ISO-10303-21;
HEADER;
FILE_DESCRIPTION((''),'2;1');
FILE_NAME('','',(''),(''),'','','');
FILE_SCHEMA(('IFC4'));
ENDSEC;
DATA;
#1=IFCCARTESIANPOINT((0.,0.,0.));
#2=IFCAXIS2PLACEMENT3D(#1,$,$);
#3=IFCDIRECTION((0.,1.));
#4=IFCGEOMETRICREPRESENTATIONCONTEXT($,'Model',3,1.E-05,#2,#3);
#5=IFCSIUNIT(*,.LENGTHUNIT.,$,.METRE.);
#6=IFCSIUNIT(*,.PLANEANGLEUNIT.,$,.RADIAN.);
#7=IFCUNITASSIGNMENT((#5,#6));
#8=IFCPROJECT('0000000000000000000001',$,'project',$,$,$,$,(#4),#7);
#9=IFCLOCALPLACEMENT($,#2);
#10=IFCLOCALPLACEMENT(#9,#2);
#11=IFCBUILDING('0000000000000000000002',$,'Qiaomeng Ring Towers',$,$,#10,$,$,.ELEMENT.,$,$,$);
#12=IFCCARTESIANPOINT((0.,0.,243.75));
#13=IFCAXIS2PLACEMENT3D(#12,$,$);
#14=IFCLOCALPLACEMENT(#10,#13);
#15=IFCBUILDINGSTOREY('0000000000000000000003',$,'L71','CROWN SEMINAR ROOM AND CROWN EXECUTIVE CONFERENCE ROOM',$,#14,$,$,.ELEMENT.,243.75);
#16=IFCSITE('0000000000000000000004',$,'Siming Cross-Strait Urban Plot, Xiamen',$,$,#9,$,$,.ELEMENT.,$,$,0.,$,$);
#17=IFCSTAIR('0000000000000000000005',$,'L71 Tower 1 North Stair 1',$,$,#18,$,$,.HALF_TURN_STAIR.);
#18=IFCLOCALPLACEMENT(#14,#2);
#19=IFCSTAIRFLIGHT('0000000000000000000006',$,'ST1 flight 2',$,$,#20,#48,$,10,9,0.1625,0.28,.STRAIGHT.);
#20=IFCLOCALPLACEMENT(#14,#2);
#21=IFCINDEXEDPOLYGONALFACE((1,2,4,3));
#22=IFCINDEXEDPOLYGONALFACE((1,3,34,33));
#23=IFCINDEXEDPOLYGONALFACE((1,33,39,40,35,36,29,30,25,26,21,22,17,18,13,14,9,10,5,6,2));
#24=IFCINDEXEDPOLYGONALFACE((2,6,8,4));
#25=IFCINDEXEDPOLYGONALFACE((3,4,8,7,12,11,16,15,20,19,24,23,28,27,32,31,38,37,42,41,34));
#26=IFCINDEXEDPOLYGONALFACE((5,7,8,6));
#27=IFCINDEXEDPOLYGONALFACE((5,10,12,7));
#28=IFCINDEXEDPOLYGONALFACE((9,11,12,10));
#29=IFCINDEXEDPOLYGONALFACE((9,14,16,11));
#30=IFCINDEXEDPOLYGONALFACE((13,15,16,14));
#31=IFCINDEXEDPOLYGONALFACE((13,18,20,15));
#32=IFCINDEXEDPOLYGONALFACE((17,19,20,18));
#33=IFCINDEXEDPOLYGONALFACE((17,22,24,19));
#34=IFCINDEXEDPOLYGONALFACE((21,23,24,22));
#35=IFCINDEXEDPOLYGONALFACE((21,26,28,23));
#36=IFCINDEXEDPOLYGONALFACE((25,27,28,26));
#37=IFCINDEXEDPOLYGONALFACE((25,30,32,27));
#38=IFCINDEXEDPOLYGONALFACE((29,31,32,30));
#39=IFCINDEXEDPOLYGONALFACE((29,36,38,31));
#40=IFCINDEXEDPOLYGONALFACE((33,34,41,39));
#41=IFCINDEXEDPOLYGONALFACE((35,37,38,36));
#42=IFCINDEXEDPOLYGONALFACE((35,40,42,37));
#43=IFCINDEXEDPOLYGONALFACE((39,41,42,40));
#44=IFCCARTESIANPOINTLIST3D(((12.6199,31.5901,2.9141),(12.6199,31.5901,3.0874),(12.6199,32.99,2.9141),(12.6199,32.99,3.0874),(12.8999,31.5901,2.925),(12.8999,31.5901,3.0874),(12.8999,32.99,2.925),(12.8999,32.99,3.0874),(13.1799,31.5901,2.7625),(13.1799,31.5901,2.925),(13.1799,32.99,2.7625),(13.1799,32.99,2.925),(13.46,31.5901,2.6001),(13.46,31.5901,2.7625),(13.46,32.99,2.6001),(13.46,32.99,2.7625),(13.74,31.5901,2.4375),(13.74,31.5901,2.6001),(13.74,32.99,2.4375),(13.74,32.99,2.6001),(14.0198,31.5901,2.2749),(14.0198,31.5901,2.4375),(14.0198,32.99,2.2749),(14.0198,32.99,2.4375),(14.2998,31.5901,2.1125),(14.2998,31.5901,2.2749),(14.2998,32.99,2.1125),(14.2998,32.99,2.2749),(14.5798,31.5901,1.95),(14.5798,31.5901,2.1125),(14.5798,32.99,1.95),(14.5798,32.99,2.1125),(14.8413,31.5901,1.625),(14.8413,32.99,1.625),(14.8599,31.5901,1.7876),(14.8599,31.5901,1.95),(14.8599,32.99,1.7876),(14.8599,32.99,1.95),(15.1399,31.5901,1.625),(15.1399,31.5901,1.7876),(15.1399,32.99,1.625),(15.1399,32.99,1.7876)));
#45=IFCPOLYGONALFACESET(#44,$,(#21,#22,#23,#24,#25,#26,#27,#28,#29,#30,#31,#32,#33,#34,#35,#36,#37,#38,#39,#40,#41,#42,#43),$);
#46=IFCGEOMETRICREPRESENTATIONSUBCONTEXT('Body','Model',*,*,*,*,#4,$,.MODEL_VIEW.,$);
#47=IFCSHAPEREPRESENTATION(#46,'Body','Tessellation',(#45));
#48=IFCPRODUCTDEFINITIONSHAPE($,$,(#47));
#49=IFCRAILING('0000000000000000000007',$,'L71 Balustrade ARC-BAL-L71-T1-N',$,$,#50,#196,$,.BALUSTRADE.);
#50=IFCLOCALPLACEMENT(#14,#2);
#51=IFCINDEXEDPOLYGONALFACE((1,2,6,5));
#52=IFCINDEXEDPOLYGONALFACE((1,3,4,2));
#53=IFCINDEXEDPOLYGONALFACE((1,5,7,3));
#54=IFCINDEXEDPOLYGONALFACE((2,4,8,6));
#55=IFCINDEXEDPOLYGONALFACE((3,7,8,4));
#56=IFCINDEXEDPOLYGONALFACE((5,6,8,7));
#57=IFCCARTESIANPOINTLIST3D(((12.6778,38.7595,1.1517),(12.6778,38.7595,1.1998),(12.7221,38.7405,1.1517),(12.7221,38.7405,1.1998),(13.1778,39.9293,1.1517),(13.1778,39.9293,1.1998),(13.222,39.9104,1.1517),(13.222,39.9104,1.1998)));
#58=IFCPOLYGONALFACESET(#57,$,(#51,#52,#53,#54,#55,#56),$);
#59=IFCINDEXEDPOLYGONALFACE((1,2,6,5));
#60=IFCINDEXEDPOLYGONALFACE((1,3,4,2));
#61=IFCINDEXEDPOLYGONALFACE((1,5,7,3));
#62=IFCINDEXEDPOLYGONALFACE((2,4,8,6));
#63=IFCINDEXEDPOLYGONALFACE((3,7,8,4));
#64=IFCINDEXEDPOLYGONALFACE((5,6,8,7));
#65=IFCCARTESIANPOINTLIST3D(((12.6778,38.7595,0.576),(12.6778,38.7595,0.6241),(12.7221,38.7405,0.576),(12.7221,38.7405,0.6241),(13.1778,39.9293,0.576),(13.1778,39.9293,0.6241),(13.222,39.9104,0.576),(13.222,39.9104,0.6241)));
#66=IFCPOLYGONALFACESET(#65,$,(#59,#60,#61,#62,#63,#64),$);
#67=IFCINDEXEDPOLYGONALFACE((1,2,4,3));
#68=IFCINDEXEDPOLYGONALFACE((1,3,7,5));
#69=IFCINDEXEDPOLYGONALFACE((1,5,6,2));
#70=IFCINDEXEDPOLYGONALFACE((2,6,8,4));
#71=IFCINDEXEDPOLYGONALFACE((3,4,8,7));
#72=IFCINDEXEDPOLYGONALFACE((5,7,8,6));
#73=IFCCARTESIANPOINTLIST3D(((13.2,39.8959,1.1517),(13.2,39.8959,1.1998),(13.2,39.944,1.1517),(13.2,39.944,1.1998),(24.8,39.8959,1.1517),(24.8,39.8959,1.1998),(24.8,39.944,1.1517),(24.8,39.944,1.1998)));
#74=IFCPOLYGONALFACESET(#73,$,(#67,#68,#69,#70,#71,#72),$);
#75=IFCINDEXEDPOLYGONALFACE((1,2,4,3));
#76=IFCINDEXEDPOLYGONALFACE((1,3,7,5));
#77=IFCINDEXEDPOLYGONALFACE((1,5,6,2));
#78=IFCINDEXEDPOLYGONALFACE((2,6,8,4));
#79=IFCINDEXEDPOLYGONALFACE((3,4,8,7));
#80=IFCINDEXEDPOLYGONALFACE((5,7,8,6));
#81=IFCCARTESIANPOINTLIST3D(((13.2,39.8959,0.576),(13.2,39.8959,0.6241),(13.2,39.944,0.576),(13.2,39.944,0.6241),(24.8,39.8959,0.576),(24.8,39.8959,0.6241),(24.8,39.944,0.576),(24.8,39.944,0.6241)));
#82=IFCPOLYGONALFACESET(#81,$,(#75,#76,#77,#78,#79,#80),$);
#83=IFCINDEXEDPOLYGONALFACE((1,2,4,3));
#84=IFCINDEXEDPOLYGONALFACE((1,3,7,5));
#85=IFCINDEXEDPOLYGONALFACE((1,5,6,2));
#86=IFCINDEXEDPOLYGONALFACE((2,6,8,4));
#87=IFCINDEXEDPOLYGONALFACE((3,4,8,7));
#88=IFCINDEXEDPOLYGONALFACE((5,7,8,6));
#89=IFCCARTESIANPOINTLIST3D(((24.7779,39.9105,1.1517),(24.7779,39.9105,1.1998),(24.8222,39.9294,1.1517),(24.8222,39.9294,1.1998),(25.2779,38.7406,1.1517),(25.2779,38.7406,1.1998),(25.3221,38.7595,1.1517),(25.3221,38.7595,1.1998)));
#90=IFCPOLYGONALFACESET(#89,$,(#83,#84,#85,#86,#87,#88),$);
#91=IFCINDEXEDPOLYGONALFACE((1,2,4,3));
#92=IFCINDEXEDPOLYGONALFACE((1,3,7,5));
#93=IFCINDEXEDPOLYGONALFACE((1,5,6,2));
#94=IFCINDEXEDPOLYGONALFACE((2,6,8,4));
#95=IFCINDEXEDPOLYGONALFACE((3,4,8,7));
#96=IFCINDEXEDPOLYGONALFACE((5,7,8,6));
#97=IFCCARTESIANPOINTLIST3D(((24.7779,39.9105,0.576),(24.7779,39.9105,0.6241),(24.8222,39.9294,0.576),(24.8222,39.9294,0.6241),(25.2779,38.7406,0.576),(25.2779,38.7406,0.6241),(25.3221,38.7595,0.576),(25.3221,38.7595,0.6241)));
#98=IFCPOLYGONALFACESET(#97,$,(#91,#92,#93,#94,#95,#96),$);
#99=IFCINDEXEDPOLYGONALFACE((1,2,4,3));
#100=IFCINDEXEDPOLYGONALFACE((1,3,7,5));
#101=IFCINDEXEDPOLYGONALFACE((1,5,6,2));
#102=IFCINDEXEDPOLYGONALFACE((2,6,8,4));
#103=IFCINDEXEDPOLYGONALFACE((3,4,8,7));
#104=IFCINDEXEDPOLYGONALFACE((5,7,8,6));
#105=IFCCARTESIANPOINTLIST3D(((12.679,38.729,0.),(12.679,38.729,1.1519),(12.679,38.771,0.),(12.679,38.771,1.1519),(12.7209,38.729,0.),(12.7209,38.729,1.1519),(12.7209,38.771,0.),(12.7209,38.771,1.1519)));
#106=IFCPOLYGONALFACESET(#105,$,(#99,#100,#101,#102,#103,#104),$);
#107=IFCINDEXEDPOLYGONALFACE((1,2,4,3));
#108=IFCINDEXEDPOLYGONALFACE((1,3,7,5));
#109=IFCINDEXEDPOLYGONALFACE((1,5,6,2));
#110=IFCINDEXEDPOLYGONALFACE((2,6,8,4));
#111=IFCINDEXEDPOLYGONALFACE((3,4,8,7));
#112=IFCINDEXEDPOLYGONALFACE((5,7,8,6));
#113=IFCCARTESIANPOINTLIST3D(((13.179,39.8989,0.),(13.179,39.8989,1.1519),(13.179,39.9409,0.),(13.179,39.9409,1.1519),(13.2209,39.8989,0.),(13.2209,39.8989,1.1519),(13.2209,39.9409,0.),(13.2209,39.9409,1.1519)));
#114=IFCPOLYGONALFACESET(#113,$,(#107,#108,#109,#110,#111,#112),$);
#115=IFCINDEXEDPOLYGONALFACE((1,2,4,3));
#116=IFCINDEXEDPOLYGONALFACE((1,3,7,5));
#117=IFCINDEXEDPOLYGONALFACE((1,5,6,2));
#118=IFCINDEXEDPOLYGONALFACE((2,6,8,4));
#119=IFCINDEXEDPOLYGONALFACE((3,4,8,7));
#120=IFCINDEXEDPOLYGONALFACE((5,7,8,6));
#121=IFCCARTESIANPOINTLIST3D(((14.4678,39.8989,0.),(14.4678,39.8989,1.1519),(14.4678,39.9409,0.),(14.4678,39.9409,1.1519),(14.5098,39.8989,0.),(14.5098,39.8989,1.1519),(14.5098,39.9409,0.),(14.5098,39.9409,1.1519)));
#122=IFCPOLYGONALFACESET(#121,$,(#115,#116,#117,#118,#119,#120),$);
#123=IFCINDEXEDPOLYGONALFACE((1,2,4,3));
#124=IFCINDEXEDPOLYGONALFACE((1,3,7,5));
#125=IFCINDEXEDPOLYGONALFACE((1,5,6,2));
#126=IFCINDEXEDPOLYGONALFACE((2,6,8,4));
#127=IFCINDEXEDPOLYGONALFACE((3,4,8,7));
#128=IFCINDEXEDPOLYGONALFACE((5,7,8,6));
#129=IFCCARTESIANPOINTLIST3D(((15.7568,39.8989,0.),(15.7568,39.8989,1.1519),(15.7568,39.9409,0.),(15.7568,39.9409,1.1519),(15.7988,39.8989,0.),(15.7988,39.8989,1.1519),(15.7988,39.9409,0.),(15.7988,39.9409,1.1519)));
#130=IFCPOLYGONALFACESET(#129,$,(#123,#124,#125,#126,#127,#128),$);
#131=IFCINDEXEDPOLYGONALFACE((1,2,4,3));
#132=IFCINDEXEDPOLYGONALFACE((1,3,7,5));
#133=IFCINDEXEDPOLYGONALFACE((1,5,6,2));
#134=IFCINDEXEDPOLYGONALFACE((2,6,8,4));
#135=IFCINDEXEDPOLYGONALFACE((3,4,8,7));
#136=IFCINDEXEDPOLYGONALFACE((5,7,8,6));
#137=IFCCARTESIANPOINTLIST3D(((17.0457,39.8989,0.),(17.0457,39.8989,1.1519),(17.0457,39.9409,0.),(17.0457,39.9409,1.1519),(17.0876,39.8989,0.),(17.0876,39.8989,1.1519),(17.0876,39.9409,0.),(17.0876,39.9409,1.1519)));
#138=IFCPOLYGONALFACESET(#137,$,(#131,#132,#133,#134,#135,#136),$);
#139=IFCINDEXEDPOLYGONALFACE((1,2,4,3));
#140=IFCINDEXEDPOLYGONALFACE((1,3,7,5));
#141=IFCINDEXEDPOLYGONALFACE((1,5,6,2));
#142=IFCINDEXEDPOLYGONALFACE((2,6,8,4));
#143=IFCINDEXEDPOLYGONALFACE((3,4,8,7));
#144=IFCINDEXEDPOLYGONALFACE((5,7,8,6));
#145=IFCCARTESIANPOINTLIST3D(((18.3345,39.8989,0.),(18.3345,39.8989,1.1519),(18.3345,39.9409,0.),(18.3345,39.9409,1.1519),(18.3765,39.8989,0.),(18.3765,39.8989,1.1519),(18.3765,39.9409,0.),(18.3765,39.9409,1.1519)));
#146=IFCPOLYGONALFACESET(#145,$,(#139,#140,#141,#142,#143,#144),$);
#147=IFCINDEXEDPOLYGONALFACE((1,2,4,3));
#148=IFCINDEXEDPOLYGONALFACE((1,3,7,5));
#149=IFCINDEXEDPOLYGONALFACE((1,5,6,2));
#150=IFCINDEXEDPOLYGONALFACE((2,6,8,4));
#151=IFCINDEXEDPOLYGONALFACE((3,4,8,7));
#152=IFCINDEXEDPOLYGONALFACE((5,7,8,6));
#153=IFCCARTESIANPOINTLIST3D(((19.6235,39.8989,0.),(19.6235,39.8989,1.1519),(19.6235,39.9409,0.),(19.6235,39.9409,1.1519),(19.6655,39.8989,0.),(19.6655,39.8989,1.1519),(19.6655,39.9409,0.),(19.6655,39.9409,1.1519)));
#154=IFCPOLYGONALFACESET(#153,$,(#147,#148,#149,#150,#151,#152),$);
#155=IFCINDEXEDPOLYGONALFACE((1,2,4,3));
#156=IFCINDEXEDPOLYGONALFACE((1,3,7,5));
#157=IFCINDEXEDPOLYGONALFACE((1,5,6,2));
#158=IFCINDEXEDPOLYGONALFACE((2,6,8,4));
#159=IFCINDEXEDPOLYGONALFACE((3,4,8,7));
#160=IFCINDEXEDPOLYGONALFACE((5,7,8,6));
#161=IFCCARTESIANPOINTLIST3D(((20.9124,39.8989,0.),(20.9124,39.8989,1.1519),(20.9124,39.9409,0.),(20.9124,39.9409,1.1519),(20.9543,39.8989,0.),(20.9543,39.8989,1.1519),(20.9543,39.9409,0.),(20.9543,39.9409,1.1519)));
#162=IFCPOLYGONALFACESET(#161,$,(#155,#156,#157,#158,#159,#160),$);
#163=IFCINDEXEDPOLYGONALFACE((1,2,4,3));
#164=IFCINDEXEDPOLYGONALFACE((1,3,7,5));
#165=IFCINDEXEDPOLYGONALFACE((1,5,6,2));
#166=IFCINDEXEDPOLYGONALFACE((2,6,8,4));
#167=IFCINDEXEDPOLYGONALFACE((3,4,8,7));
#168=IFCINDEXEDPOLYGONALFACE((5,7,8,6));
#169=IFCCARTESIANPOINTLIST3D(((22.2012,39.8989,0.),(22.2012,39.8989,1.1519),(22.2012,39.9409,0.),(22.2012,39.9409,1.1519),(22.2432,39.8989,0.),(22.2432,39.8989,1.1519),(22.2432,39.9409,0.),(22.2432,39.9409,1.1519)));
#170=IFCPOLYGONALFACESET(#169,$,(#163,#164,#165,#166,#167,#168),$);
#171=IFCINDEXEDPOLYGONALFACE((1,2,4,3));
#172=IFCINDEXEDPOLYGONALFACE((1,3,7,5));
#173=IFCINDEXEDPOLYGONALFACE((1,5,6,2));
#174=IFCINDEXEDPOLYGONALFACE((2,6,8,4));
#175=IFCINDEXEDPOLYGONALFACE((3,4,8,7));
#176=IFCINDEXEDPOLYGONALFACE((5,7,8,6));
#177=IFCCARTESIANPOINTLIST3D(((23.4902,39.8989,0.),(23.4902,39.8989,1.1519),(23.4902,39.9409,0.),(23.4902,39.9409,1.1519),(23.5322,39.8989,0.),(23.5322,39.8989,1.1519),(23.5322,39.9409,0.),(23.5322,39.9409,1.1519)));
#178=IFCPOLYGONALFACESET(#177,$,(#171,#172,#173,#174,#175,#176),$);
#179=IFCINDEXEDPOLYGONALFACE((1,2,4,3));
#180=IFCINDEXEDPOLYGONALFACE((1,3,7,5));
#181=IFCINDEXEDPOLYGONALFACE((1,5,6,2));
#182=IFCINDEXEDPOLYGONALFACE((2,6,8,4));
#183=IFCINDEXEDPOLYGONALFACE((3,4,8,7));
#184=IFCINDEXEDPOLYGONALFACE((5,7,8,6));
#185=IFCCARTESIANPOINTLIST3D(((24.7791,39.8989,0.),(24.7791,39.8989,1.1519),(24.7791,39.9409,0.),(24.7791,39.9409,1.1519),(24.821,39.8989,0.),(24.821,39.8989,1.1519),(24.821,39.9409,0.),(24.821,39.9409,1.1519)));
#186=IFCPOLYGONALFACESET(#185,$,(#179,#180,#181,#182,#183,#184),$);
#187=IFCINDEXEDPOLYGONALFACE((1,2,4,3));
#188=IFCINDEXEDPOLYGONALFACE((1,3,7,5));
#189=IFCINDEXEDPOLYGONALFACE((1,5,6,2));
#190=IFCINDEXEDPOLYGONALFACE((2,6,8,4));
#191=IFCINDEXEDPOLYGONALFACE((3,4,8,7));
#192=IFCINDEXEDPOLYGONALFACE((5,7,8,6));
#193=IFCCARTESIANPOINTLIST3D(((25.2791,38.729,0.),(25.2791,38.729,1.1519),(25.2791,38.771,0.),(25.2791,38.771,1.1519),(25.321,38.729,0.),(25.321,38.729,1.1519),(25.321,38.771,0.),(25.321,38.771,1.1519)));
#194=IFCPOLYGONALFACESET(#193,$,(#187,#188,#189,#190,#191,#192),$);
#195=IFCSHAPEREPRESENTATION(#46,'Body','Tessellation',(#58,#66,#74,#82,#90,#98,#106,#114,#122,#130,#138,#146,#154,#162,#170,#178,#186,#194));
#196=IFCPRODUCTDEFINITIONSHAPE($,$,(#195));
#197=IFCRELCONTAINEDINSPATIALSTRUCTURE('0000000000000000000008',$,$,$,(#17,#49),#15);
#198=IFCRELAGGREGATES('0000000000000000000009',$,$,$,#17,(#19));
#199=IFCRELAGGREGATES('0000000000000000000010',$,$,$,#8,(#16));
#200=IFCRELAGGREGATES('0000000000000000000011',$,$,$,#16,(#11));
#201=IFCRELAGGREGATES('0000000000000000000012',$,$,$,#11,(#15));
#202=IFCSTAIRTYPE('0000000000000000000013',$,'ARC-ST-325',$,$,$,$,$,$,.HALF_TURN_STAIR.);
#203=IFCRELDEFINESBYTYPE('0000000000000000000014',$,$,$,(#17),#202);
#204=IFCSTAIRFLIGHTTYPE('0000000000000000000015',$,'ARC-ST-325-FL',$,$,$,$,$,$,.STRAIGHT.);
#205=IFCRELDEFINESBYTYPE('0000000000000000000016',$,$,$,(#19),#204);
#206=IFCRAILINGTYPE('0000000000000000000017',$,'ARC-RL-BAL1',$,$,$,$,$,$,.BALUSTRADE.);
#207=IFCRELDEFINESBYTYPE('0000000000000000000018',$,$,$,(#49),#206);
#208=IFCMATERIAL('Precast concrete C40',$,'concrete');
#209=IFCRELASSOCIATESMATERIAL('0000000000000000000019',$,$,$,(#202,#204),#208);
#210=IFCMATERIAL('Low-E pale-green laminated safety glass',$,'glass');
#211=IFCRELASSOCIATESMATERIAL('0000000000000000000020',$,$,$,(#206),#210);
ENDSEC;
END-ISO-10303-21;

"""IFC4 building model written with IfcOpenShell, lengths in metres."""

from ifc_helpers import new_model, si_unit, direction, frame, origin, origin_2d, place, context, subcontext, project, spatial, polyline, rectangle, outline, extrude, source, transform, mapped, material, type_object, element, aggregate, save


model = new_model("IFC4")

# Units and contexts
model_context = context("Model", 3, precision=1e-05, world=origin(), true_north=direction((0.0, 1.0)))
body_context = subcontext(model_context, "Body", "Model", "MODEL_VIEW")
ifc_project = project(units=[si_unit("LENGTHUNIT", "METRE"), si_unit("PLANEANGLEUNIT", "RADIAN")], contexts=[model_context])

# Site, building, storey
site_placement = place(None, origin())
site = spatial("IfcSite", under=ifc_project, at=site_placement, Name="Siming Cross-Strait Urban Plot, Xiamen", CompositionType="ELEMENT", RefElevation=0.0)
building_placement = place(site_placement, origin())
building = spatial("IfcBuilding", under=site, at=building_placement, Name="Qiaomeng Ring Towers", CompositionType="ELEMENT")
storey_placement = place(building_placement, frame((0.0, 0.0, 243.75)))
storey = spatial("IfcBuildingStorey", under=building, at=storey_placement, Name="L71", Description="CROWN SEMINAR ROOM AND CROWN EXECUTIVE CONFERENCE ROOM", CompositionType="ELEMENT", Elevation=243.75)

# Stair, stair flight
ifc_material_1 = material(Name="Precast concrete C40", Category="concrete")
stair_type = type_object("IfcStairType", Name="ARC-ST-325", PredefinedType="HALF_TURN_STAIR", material=ifc_material_1)
stair_placement = place(storey_placement, origin())
stair = element("IfcStair", 1, at=stair_placement, inside=storey, type_object=stair_type, Name="L71 Tower 1 North Stair 1", PredefinedType="HALF_TURN_STAIR")
stair_flight_type = type_object("IfcStairFlightType", Name="ARC-ST-325-FL", PredefinedType="STRAIGHT", material=ifc_material_1)
shared_shape_1 = source(origin(), body_context, "Body", "SweptSolid", [
    extrude(outline(polyline([(0.0, 0.0), (0.0, 0.1626), (0.28, 0.1626), (0.28, 0.325), (0.5601, 0.325), (0.5601, 0.4875), (0.8401, 0.4875), (0.8401, 0.6499), (1.1201, 0.6499), (1.1201, 0.8125), (1.3999, 0.8125), (1.3999, 0.9751), (1.6799, 0.9751), (1.6799, 1.1375), (1.96, 1.1375), (1.96, 1.3), (2.24, 1.3), (2.24, 1.4624), (2.52, 1.4624), (2.52, 1.625), (2.52, 1.2891), (0.2986, 0.0), (0.0, 0.0)])), frame((0.0, 0.7, 0.0), z_axis=(0.0, -1.0, 0.0), x_axis=(1.0, 0.0, 0.0)), (0.0, 0.0, 1.0), 1.3999),
])
stair_flight_placement = place(storey_placement, frame((15.1399, 32.29, 1.625), z_axis=(0.0, 0.0, 1.0), x_axis=(-1.0, 0.0, 0.0)))
stair_flight = element("IfcStairFlight", 2, at=stair_flight_placement, type_object=stair_flight_type, Name="ST1 flight 2", NumberOfRisers=10, NumberOfTreads=9, PredefinedType="STRAIGHT", RiserHeight=0.1625, TreadLength=0.28, context=body_context, shape_type="MappedRepresentation", body=[
    mapped(shared_shape_1, transform((0.0, 0.0, 0.0), x_axis=(1.0, 0.0, 0.0), y_axis=(0.0, 1.0, 0.0), z_axis=(0.0, 0.0, 1.0), scale=1.0)),
])
aggregate(stair, [stair_flight])

# Railing
ifc_material_2 = material(Name="Low-E pale-green laminated safety glass", Category="glass")
railing_type_1 = type_object("IfcRailingType", Name="ARC-RL-BAL1", PredefinedType="BALUSTRADE", material=ifc_material_2)
railing_1_placement = place(storey_placement, frame((12.7, 38.75, 0.0)))
element("IfcRailing", 3, at=railing_1_placement, inside=storey, type_object=railing_type_1, Name="L71 Balustrade ARC-BAL-L71-T1-N", PredefinedType="BALUSTRADE", context=body_context, shape_type="SweptSolid", body=[
    extrude(rectangle(XDim=0.0481, YDim=0.0481, at=origin_2d()), frame((0.0, 0.0, 1.1758), z_axis=(0.392993, 0.919542, 0.0), x_axis=(-0.919542, 0.392993, 0.0)), (0.0, 0.0, 1.0), 1.2722),
    extrude(rectangle(XDim=0.0481, YDim=0.0481, at=origin_2d()), frame((0.0, 0.0, 0.6001), z_axis=(0.392993, 0.919542, 0.0), x_axis=(-0.919542, 0.392993, 0.0)), (0.0, 0.0, 1.0), 1.2722),
    extrude(rectangle(XDim=0.0481, YDim=0.0481, at=origin_2d()), frame((0.5, 1.1699, 1.1758), z_axis=(1.0, 0.0, 0.0), x_axis=(0.0, 1.0, 0.0)), (0.0, 0.0, 1.0), 11.6001),
    extrude(rectangle(XDim=0.0481, YDim=0.0481, at=origin_2d()), frame((0.5, 1.1699, 0.6001), z_axis=(1.0, 0.0, 0.0), x_axis=(0.0, 1.0, 0.0)), (0.0, 0.0, 1.0), 11.6001),
    extrude(rectangle(XDim=0.0481, YDim=0.0481, at=origin_2d()), frame((12.1001, 1.1699, 1.1758), z_axis=(0.392993, -0.919542, 0.0), x_axis=(0.919542, 0.392993, 0.0)), (0.0, 0.0, 1.0), 1.2722),
    extrude(rectangle(XDim=0.0481, YDim=0.0481, at=origin_2d()), frame((12.1001, 1.1699, 0.6001), z_axis=(0.392993, -0.919542, 0.0), x_axis=(0.919542, 0.392993, 0.0)), (0.0, 0.0, 1.0), 1.2722),
    extrude(rectangle(XDim=0.042, YDim=0.042, at=origin_2d()), origin(), (0.0, 0.0, 1.0), 1.1519),
    extrude(rectangle(XDim=0.042, YDim=0.042, at=origin_2d()), frame((0.5, 1.1699, 0.0)), (0.0, 0.0, 1.0), 1.1519),
    extrude(rectangle(XDim=0.042, YDim=0.042, at=origin_2d()), frame((1.7888, 1.1699, 0.0)), (0.0, 0.0, 1.0), 1.1519),
    extrude(rectangle(XDim=0.042, YDim=0.042, at=origin_2d()), frame((3.0779, 1.1699, 0.0)), (0.0, 0.0, 1.0), 1.1519),
    extrude(rectangle(XDim=0.042, YDim=0.042, at=origin_2d()), frame((4.3667, 1.1699, 0.0)), (0.0, 0.0, 1.0), 1.1519),
    extrude(rectangle(XDim=0.042, YDim=0.042, at=origin_2d()), frame((5.6555, 1.1699, 0.0)), (0.0, 0.0, 1.0), 1.1519),
    extrude(rectangle(XDim=0.042, YDim=0.042, at=origin_2d()), frame((6.9446, 1.1699, 0.0)), (0.0, 0.0, 1.0), 1.1519),
    extrude(rectangle(XDim=0.042, YDim=0.042, at=origin_2d()), frame((8.2334, 1.1699, 0.0)), (0.0, 0.0, 1.0), 1.1519),
    extrude(rectangle(XDim=0.042, YDim=0.042, at=origin_2d()), frame((9.5222, 1.1699, 0.0)), (0.0, 0.0, 1.0), 1.1519),
    extrude(rectangle(XDim=0.042, YDim=0.042, at=origin_2d()), frame((10.8113, 1.1699, 0.0)), (0.0, 0.0, 1.0), 1.1519),
    extrude(rectangle(XDim=0.042, YDim=0.042, at=origin_2d()), frame((12.1001, 1.1699, 0.0)), (0.0, 0.0, 1.0), 1.1519),
    extrude(rectangle(XDim=0.042, YDim=0.042, at=origin_2d()), frame((12.6001, 0.0, 0.0)), (0.0, 0.0, 1.0), 1.1519),
])

save(model, "model.ifc")
